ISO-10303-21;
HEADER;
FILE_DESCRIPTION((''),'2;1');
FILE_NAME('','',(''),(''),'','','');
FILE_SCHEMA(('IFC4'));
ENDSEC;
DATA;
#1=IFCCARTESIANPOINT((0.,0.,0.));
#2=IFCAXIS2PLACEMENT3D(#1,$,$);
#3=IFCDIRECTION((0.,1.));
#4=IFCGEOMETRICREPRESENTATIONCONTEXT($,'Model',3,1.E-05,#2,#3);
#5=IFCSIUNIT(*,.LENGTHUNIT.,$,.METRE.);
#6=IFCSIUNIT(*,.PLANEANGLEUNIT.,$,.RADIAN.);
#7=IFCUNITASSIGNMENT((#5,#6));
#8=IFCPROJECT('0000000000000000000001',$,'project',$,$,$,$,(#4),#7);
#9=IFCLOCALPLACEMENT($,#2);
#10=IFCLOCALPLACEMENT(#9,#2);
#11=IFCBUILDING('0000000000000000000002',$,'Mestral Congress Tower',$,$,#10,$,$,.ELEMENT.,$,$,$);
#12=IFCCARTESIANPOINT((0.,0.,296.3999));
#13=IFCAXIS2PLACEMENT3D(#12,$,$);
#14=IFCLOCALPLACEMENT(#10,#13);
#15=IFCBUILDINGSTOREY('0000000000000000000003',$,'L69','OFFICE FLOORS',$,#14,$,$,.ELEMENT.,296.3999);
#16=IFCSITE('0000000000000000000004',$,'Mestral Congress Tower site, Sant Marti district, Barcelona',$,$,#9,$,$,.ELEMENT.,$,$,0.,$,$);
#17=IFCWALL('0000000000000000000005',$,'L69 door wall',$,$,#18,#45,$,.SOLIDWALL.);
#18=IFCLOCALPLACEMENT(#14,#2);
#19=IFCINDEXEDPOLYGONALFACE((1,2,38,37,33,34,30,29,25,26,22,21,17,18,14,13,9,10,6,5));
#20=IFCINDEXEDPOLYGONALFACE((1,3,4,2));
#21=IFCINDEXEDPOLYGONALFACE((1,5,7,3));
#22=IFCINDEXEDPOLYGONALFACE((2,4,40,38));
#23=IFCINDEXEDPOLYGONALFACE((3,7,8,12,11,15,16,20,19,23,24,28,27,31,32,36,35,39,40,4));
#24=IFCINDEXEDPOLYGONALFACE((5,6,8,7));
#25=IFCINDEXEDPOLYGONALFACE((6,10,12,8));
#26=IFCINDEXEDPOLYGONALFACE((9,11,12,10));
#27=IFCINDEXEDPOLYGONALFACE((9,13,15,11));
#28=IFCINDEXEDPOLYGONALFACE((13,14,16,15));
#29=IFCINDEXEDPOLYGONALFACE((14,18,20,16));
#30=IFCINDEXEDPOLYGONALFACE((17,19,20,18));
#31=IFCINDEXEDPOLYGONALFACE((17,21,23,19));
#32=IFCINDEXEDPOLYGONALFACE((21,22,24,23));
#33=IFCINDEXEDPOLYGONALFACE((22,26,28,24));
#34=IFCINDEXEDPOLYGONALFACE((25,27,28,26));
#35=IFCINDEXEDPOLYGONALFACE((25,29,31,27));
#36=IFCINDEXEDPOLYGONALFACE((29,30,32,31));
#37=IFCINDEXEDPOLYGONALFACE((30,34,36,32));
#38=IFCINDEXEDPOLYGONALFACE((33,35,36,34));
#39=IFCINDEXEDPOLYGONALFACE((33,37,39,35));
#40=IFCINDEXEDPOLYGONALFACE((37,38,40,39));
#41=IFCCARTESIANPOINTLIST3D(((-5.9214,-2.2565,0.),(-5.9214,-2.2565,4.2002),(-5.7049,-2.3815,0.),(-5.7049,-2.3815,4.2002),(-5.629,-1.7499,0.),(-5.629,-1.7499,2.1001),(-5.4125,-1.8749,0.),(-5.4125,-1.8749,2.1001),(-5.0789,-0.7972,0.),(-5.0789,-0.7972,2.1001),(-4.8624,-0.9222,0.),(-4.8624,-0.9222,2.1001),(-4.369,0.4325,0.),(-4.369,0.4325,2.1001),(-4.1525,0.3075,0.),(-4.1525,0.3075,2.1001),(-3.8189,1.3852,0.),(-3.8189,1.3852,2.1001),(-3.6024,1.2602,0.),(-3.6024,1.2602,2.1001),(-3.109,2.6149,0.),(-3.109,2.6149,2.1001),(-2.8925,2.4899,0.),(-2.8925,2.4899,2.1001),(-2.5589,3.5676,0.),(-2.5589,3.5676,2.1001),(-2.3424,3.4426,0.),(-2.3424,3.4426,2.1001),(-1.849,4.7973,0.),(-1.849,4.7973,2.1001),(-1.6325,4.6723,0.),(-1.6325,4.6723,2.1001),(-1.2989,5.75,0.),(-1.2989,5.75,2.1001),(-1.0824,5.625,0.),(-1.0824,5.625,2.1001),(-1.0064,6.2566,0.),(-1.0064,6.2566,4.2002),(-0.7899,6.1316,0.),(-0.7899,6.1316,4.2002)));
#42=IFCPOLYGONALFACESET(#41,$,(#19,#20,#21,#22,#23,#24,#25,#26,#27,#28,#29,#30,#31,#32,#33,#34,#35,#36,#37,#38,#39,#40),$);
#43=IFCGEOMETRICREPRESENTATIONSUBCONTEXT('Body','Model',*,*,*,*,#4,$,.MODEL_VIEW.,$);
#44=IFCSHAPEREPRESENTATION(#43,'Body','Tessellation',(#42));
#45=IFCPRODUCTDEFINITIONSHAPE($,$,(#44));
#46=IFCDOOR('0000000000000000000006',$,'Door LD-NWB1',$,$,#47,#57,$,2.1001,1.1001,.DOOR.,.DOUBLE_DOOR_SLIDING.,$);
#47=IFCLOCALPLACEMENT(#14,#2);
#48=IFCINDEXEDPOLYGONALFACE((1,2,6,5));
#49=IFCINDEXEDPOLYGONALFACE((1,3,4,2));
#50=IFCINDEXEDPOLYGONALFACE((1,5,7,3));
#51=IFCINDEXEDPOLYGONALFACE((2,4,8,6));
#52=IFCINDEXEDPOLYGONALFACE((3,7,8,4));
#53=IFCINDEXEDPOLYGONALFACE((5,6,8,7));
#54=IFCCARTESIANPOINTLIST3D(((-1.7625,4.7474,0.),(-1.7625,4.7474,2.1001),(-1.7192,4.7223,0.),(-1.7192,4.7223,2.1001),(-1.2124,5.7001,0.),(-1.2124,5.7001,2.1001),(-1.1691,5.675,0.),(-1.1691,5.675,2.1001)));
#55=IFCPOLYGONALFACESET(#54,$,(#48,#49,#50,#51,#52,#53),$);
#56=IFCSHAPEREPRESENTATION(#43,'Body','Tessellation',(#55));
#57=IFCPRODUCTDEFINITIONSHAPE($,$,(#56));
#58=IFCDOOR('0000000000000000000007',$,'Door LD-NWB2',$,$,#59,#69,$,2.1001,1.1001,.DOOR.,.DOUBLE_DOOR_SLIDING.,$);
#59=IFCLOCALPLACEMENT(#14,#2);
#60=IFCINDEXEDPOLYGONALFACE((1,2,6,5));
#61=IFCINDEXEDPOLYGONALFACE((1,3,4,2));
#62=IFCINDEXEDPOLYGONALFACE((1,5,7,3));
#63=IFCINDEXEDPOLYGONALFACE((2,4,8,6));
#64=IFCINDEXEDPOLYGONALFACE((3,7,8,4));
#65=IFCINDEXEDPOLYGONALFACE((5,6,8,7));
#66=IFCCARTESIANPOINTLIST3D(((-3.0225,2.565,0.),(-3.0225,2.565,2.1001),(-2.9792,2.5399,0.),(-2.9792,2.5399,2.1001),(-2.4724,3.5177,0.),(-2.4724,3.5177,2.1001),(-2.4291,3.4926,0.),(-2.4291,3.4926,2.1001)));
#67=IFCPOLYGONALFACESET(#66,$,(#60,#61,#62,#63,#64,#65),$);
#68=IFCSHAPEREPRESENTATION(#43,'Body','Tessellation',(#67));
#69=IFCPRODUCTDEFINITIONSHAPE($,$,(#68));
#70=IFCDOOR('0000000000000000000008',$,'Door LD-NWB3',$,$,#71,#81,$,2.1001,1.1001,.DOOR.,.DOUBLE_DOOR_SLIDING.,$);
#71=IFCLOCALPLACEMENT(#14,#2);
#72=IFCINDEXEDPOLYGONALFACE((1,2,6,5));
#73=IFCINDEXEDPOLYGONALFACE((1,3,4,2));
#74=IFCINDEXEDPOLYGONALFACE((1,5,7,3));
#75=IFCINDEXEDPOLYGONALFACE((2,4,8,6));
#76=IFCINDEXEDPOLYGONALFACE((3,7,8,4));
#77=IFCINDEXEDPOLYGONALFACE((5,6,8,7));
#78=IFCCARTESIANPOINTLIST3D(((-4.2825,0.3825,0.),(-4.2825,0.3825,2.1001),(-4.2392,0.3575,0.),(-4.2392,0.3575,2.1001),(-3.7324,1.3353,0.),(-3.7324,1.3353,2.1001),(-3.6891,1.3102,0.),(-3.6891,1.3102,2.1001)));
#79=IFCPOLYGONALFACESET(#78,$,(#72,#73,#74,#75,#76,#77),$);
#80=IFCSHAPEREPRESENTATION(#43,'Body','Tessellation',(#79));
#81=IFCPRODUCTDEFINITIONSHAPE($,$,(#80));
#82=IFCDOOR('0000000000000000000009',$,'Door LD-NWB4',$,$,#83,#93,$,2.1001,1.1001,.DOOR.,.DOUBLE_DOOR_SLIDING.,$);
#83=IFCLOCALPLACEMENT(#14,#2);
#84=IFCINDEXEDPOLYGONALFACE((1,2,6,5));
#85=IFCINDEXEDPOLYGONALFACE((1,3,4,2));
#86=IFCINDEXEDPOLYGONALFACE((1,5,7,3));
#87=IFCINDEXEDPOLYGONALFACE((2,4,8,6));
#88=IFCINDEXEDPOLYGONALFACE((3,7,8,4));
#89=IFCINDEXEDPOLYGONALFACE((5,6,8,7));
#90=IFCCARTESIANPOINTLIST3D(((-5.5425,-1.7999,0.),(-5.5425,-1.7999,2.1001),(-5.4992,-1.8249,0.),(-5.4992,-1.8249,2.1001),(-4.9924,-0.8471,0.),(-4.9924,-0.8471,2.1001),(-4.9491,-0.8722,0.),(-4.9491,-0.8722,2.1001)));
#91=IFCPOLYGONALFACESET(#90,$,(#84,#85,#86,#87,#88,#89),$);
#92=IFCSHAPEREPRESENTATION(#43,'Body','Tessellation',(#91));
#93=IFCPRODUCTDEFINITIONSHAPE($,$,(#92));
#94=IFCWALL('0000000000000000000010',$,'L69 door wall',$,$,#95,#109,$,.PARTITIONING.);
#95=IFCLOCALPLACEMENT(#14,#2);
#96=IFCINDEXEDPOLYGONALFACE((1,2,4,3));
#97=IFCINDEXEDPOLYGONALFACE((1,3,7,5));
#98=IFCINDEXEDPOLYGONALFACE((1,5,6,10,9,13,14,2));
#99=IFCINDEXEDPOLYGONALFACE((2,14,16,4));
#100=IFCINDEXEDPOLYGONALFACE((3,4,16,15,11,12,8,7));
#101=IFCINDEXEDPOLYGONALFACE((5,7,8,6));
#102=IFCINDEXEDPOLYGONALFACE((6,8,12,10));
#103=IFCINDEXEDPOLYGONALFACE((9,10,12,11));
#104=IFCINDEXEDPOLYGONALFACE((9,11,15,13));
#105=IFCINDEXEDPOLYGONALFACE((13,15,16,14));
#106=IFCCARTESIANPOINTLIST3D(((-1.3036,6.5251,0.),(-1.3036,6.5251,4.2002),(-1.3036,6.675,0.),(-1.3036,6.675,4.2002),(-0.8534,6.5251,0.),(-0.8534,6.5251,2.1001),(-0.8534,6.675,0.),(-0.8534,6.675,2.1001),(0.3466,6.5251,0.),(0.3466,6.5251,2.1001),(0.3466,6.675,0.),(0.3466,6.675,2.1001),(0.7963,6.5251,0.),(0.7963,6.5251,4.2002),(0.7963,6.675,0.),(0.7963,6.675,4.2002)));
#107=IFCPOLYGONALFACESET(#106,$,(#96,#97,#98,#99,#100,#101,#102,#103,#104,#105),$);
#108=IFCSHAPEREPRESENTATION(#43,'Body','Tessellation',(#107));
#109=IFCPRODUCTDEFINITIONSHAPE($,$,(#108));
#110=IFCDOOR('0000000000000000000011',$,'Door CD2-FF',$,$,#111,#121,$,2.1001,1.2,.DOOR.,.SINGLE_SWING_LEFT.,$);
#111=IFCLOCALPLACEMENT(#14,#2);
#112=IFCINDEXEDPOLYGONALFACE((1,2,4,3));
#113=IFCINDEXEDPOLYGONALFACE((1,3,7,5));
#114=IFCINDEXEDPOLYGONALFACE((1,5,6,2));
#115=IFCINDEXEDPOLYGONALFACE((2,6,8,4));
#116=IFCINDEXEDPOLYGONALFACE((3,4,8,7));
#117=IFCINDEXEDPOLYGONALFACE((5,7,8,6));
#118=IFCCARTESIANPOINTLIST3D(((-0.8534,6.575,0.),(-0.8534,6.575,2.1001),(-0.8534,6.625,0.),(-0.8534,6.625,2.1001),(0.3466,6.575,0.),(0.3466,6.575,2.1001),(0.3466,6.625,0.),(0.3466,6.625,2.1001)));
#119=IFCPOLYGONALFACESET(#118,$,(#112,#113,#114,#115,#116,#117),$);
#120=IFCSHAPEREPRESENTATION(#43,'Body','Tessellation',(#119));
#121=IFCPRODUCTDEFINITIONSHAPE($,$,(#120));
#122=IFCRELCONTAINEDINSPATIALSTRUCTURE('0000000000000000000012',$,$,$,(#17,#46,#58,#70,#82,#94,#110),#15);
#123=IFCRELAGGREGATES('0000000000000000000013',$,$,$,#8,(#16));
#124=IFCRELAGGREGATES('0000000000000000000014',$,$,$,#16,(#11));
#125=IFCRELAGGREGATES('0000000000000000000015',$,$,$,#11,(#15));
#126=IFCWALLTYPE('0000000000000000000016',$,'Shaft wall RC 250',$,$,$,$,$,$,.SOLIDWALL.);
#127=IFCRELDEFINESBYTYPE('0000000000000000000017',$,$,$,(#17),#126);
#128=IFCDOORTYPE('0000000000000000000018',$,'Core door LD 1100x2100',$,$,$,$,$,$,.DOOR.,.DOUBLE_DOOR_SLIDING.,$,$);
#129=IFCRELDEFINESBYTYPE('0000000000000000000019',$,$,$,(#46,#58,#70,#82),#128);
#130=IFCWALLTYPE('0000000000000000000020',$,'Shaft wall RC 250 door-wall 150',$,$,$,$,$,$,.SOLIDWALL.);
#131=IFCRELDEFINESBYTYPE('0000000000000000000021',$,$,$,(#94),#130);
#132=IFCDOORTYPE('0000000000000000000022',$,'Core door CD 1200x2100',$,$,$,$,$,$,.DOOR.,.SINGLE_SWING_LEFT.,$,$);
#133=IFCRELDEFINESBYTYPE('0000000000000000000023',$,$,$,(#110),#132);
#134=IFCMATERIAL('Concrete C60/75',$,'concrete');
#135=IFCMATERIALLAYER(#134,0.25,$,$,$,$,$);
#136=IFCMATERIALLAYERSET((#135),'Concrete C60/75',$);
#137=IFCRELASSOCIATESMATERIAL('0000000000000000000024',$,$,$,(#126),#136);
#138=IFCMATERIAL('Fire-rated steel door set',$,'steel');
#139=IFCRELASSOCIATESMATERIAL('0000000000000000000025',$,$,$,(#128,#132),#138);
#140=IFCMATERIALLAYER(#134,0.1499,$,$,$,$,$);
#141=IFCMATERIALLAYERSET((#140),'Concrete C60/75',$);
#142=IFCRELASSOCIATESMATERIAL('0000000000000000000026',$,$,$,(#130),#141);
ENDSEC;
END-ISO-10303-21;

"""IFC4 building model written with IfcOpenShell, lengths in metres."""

from ifc_helpers import new_model, si_unit, direction, frame, frame_2d, origin, place, context, subcontext, project, spatial, rectangle, extrude, material, layer, layer_set, type_object, element, fill, save


model = new_model("IFC4")

# Units and contexts
model_context = context("Model", 3, precision=1e-05, world=origin(), true_north=direction((0.0, 1.0)))
body_context = subcontext(model_context, "Body", "Model", "MODEL_VIEW")
ifc_project = project(units=[si_unit("LENGTHUNIT", "METRE"), si_unit("PLANEANGLEUNIT", "RADIAN")], contexts=[model_context])

# Site, building, storey
site_placement = place(None, origin())
site = spatial("IfcSite", under=ifc_project, at=site_placement, Name="Mestral Congress Tower site, Sant Marti district, Barcelona", CompositionType="ELEMENT", RefElevation=0.0)
building_placement = place(site_placement, origin())
building = spatial("IfcBuilding", under=site, at=building_placement, Name="Mestral Congress Tower", CompositionType="ELEMENT")
storey_placement = place(building_placement, frame((0.0, 0.0, 296.3999)))
storey = spatial("IfcBuildingStorey", under=building, at=storey_placement, Name="L69", Description="OFFICE FLOORS", CompositionType="ELEMENT", Elevation=296.3999)

# Shared definitions
ifc_material_1 = material(Name="Concrete C60/75", Category="concrete")

# Shared definitions
ifc_material_2 = material(Name="Fire-rated steel door set", Category="steel")

# Wall, openings, doors
ifc_layer_1 = layer(ifc_material_1, 0.25)
ifc_layer_set_1 = layer_set([ifc_layer_1], Name="Concrete C60/75")
wall_type_1 = type_object("IfcWallType", Name="Shaft wall RC 250", PredefinedType="SOLIDWALL", material=ifc_layer_set_1)
wall_1_placement = place(storey_placement, frame((-0.8982, 6.1941, 0.0), z_axis=(0.0, 0.0, 1.0), x_axis=(-0.499996, -0.866028, 0.0)))
wall_1 = element("IfcWall", 1, at=wall_1_placement, inside=storey, type_object=wall_type_1, Name="L69 door wall", PredefinedType="SOLIDWALL", context=body_context, shape_type="SweptSolid", body=[
    extrude(rectangle(XDim=9.8301, YDim=0.25, at=frame_2d((4.915, 0.0))), origin(), (0.0, 0.0, 1.0), 4.2002),
])
opening_1_placement = place(wall_1_placement, frame((0.585, 0.0, 0.0)))
opening_1 = element("IfcOpeningElement", 2, at=opening_1_placement, cuts=wall_1, PredefinedType="OPENING", context=body_context, shape_type="SweptSolid", body=[
    extrude(rectangle(XDim=1.1001, YDim=2.1001, at=frame_2d((0.55, 1.05))), frame((0.0, 0.135, 0.0), z_axis=(0.0, -1.0, 0.0), x_axis=(1.0, 0.0, 0.0)), (0.0, 0.0, 1.0), 0.27),
])
opening_2_placement = place(wall_1_placement, frame((3.105, 0.0, 0.0)))
opening_2 = element("IfcOpeningElement", 3, at=opening_2_placement, cuts=wall_1, PredefinedType="OPENING", context=body_context, shape_type="SweptSolid", body=[
    extrude(rectangle(XDim=1.1001, YDim=2.1001, at=frame_2d((0.55, 1.05))), frame((0.0, 0.135, 0.0), z_axis=(0.0, -1.0, 0.0), x_axis=(1.0, 0.0, 0.0)), (0.0, 0.0, 1.0), 0.27),
])
opening_3_placement = place(wall_1_placement, frame((5.625, 0.0, 0.0)))
opening_3 = element("IfcOpeningElement", 4, at=opening_3_placement, cuts=wall_1, PredefinedType="OPENING", context=body_context, shape_type="SweptSolid", body=[
    extrude(rectangle(XDim=1.1001, YDim=2.1001, at=frame_2d((0.55, 1.05))), frame((0.0, 0.135, 0.0), z_axis=(0.0, -1.0, 0.0), x_axis=(1.0, 0.0, 0.0)), (0.0, 0.0, 1.0), 0.27),
])
opening_4_placement = place(wall_1_placement, frame((8.145, 0.0, 0.0)))
opening_4 = element("IfcOpeningElement", 5, at=opening_4_placement, cuts=wall_1, PredefinedType="OPENING", context=body_context, shape_type="SweptSolid", body=[
    extrude(rectangle(XDim=1.1001, YDim=2.1001, at=frame_2d((0.55, 1.05))), frame((0.0, 0.135, 0.0), z_axis=(0.0, -1.0, 0.0), x_axis=(1.0, 0.0, 0.0)), (0.0, 0.0, 1.0), 0.27),
])
door_type_1 = type_object("IfcDoorType", Name="Core door LD 1100x2100", OperationType="DOUBLE_DOOR_SLIDING", PredefinedType="DOOR", material=ifc_material_2)
door_1_placement = place(opening_1_placement, origin())
door_1 = element("IfcDoor", 6, at=door_1_placement, inside=storey, type_object=door_type_1, Name="Door LD-NWB1", OperationType="DOUBLE_DOOR_SLIDING", OverallHeight=2.1001, OverallWidth=1.1001, PredefinedType="DOOR", context=body_context, shape_type="SweptSolid", body=[
    extrude(rectangle(XDim=1.1001, YDim=2.1001, at=frame_2d((0.55, 1.05))), frame((0.0, 0.0249, 0.0), z_axis=(0.0, -1.0, 0.0), x_axis=(1.0, 0.0, 0.0)), (0.0, 0.0, 1.0), 0.05),
])
fill(opening_1, door_1)
door_2_placement = place(opening_2_placement, origin())
door_2 = element("IfcDoor", 7, at=door_2_placement, inside=storey, type_object=door_type_1, Name="Door LD-NWB2", OperationType="DOUBLE_DOOR_SLIDING", OverallHeight=2.1001, OverallWidth=1.1001, PredefinedType="DOOR", context=body_context, shape_type="SweptSolid", body=[
    extrude(rectangle(XDim=1.1001, YDim=2.1001, at=frame_2d((0.55, 1.05))), frame((0.0, 0.0249, 0.0), z_axis=(0.0, -1.0, 0.0), x_axis=(1.0, 0.0, 0.0)), (0.0, 0.0, 1.0), 0.05),
])
fill(opening_2, door_2)
door_3_placement = place(opening_3_placement, origin())
door_3 = element("IfcDoor", 8, at=door_3_placement, inside=storey, type_object=door_type_1, Name="Door LD-NWB3", OperationType="DOUBLE_DOOR_SLIDING", OverallHeight=2.1001, OverallWidth=1.1001, PredefinedType="DOOR", context=body_context, shape_type="SweptSolid", body=[
    extrude(rectangle(XDim=1.1001, YDim=2.1001, at=frame_2d((0.55, 1.05))), frame((0.0, 0.0249, 0.0), z_axis=(0.0, -1.0, 0.0), x_axis=(1.0, 0.0, 0.0)), (0.0, 0.0, 1.0), 0.05),
])
fill(opening_3, door_3)
door_4_placement = place(opening_4_placement, origin())
door_4 = element("IfcDoor", 9, at=door_4_placement, inside=storey, type_object=door_type_1, Name="Door LD-NWB4", OperationType="DOUBLE_DOOR_SLIDING", OverallHeight=2.1001, OverallWidth=1.1001, PredefinedType="DOOR", context=body_context, shape_type="SweptSolid", body=[
    extrude(rectangle(XDim=1.1001, YDim=2.1001, at=frame_2d((0.55, 1.05))), frame((0.0, 0.0249, 0.0), z_axis=(0.0, -1.0, 0.0), x_axis=(1.0, 0.0, 0.0)), (0.0, 0.0, 1.0), 0.05),
])
fill(opening_4, door_4)

# Wall, opening, door
ifc_layer_2 = layer(ifc_material_1, 0.1499)
ifc_layer_set_2 = layer_set([ifc_layer_2], Name="Concrete C60/75")
wall_type_2 = type_object("IfcWallType", Name="Shaft wall RC 250 door-wall 150", PredefinedType="SOLIDWALL", material=ifc_layer_set_2)
wall_2_placement = place(storey_placement, frame((-1.3035, 6.6001, 0.0), z_axis=(0.0, 0.0, 1.0), x_axis=(1.0, 0.0, 0.0)))
wall_2 = element("IfcWall", 10, at=wall_2_placement, inside=storey, type_object=wall_type_2, Name="L69 door wall", PredefinedType="PARTITIONING", context=body_context, shape_type="SweptSolid", body=[
    extrude(rectangle(XDim=2.0999, YDim=0.1499, at=frame_2d((1.0498, 0.0))), origin(), (0.0, 0.0, 1.0), 4.2002),
])
opening_5_placement = place(wall_2_placement, frame((0.45, 0.0, 0.0)))
opening_5 = element("IfcOpeningElement", 11, at=opening_5_placement, cuts=wall_2, PredefinedType="OPENING", context=body_context, shape_type="SweptSolid", body=[
    extrude(rectangle(XDim=1.2, YDim=2.1001, at=frame_2d((0.6001, 1.05))), frame((0.0, 0.085, 0.0), z_axis=(0.0, -1.0, 0.0), x_axis=(1.0, 0.0, 0.0)), (0.0, 0.0, 1.0), 0.1699),
])
door_type_2 = type_object("IfcDoorType", Name="Core door CD 1200x2100", OperationType="SINGLE_SWING_LEFT", PredefinedType="DOOR", material=ifc_material_2)
door_5_placement = place(opening_5_placement, origin())
door_5 = element("IfcDoor", 12, at=door_5_placement, inside=storey, type_object=door_type_2, Name="Door CD2-FF", OperationType="SINGLE_SWING_LEFT", OverallHeight=2.1001, OverallWidth=1.2, PredefinedType="DOOR", context=body_context, shape_type="SweptSolid", body=[
    extrude(rectangle(XDim=1.2, YDim=2.1001, at=frame_2d((0.6001, 1.05))), frame((0.0, 0.0249, 0.0), z_axis=(0.0, -1.0, 0.0), x_axis=(1.0, 0.0, 0.0)), (0.0, 0.0, 1.0), 0.05),
])
fill(opening_5, door_5)

save(model, "model.ifc")
